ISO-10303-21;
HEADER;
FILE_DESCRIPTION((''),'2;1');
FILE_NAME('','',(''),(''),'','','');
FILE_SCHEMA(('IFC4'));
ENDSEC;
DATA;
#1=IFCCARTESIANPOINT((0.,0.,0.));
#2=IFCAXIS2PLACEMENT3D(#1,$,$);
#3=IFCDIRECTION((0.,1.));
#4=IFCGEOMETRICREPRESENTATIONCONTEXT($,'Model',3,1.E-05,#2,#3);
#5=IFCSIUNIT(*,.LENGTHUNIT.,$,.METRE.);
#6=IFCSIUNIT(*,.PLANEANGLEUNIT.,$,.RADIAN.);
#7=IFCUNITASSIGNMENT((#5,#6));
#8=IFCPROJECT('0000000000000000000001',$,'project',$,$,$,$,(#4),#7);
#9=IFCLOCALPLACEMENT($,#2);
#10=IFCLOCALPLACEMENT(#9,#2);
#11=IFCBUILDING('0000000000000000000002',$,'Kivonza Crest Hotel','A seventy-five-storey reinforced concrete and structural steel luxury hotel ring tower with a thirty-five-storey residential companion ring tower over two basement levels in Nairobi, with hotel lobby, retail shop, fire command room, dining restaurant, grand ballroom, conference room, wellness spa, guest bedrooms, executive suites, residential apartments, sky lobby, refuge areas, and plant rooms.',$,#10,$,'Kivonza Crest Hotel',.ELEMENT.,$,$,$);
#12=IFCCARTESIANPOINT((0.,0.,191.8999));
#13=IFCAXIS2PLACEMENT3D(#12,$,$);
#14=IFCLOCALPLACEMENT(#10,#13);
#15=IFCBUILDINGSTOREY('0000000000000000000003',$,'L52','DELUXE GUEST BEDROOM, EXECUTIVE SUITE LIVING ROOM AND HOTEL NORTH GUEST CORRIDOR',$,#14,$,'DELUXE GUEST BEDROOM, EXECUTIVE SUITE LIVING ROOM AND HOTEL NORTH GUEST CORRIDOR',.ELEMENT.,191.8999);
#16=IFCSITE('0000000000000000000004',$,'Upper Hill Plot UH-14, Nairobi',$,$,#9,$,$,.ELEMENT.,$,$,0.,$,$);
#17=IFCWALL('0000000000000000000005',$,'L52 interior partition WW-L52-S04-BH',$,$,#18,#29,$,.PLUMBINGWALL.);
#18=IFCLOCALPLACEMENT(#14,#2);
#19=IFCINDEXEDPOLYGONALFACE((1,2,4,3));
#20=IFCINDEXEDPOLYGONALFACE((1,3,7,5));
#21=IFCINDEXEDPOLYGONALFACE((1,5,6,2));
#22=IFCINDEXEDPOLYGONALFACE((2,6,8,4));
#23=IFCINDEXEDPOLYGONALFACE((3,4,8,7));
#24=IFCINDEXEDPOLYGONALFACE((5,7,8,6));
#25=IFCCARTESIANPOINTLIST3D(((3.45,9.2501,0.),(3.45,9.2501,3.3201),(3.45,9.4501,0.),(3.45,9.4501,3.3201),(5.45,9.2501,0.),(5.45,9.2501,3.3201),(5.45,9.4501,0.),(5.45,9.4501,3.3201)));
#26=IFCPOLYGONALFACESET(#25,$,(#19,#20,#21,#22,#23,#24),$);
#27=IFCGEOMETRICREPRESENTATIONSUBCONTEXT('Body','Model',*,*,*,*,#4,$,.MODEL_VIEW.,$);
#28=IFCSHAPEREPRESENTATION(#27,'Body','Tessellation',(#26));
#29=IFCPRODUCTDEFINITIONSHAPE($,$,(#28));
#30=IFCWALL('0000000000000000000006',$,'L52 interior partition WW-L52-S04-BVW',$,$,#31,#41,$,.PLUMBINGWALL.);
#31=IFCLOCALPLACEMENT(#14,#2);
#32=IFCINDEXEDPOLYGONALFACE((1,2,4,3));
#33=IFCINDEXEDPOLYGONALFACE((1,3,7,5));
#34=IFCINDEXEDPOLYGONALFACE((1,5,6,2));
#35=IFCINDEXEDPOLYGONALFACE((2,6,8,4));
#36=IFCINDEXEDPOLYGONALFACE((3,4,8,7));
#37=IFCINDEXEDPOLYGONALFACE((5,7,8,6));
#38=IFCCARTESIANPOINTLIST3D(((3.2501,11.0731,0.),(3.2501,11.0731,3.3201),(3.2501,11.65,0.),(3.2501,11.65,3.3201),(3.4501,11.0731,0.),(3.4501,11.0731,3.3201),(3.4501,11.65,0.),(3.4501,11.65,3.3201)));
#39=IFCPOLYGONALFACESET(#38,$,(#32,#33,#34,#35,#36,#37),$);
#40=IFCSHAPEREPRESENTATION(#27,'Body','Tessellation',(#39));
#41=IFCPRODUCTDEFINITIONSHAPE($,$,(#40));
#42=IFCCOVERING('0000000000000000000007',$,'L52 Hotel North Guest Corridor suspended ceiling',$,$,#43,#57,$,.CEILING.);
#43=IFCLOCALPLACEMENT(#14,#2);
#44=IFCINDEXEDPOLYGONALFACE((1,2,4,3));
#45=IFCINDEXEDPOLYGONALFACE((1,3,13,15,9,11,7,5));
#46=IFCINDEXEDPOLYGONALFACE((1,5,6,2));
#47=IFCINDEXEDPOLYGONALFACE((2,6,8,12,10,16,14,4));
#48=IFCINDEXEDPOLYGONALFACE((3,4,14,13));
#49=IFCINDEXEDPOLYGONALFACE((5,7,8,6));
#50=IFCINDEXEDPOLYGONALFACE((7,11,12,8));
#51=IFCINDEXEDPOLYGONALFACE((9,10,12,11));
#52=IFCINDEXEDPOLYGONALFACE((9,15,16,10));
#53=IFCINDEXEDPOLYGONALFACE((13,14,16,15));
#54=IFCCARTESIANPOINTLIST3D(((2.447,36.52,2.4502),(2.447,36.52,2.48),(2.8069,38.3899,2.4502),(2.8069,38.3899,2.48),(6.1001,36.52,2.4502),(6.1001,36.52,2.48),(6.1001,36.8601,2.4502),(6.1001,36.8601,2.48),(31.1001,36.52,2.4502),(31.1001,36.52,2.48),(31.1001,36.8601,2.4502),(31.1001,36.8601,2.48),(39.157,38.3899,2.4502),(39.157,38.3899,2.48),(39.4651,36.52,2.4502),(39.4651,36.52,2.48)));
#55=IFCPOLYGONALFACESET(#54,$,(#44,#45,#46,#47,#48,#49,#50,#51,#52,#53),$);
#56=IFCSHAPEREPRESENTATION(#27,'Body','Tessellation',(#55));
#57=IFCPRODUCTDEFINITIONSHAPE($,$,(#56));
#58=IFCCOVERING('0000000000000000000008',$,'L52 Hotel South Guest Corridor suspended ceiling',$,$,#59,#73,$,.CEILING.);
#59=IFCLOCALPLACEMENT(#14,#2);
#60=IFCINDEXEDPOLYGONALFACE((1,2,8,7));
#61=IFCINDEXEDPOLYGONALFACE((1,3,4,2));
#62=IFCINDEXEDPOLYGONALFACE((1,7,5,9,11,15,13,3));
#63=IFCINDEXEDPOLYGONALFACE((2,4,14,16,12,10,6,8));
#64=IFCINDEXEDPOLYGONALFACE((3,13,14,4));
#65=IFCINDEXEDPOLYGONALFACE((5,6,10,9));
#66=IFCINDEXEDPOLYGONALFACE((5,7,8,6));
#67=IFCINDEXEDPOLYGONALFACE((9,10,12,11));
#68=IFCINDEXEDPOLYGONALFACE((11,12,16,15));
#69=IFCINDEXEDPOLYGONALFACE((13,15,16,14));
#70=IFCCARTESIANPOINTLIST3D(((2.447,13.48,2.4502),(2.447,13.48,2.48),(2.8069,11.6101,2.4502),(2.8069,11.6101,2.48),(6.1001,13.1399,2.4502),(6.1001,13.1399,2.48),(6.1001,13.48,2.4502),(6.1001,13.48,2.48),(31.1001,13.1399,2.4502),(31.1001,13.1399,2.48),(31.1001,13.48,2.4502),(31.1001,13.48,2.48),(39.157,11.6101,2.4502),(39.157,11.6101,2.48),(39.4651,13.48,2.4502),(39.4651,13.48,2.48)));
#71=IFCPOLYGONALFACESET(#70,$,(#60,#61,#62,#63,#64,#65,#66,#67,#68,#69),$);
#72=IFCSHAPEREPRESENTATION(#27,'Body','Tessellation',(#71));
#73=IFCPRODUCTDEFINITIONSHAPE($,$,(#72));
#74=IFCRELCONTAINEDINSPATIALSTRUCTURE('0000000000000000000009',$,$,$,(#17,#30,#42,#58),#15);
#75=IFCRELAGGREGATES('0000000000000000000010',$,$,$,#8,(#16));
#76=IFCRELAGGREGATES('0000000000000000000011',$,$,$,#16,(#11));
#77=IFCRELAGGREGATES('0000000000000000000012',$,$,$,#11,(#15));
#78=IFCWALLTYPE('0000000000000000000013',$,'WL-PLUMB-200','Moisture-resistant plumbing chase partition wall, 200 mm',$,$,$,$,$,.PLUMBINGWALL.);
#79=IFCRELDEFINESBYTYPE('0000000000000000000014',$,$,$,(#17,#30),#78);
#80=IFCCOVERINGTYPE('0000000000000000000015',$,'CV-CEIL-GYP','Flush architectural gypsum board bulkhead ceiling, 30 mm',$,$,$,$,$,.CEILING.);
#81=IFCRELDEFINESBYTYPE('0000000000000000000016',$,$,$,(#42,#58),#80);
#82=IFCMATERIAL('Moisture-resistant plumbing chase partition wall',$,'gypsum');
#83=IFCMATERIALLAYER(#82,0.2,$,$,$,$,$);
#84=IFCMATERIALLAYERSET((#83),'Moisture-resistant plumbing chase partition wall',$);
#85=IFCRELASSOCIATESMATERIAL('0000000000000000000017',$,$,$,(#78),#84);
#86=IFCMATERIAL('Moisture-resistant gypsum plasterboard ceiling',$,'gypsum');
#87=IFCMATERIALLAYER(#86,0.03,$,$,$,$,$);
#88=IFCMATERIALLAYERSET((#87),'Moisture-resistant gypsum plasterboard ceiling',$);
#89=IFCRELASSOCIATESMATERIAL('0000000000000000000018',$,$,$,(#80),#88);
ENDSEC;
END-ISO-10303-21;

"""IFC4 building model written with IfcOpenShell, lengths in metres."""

from ifc_helpers import new_model, si_unit, direction, frame, frame_2d, origin, place, context, subcontext, project, spatial, polyline, rectangle, outline, extrude, material, layer, layer_set, type_object, element, save


model = new_model("IFC4")

# Units and contexts
model_context = context("Model", 3, precision=1e-05, world=origin(), true_north=direction((0.0, 1.0)))
body_context = subcontext(model_context, "Body", "Model", "MODEL_VIEW")
ifc_project = project(units=[si_unit("LENGTHUNIT", "METRE"), si_unit("PLANEANGLEUNIT", "RADIAN")], contexts=[model_context])

# Site, building, storey
site_placement = place(None, origin())
site = spatial("IfcSite", under=ifc_project, at=site_placement, Name="Upper Hill Plot UH-14, Nairobi", CompositionType="ELEMENT", RefElevation=0.0)
building_placement = place(site_placement, origin())
building = spatial("IfcBuilding", under=site, at=building_placement, Name="Kivonza Crest Hotel", Description="A seventy-five-storey reinforced concrete and structural steel luxury hotel ring tower with a thirty-five-storey residential companion ring tower over two basement levels in Nairobi, with hotel lobby, retail shop, fire command room, dining restaurant, grand ballroom, conference room, wellness spa, guest bedrooms, executive suites, residential apartments, sky lobby, refuge areas, and plant rooms.", LongName="Kivonza Crest Hotel", CompositionType="ELEMENT")
storey_placement = place(building_placement, frame((0.0, 0.0, 191.8999)))
storey = spatial("IfcBuildingStorey", under=building, at=storey_placement, Name="L52", Description="DELUXE GUEST BEDROOM, EXECUTIVE SUITE LIVING ROOM AND HOTEL NORTH GUEST CORRIDOR", LongName="DELUXE GUEST BEDROOM, EXECUTIVE SUITE LIVING ROOM AND HOTEL NORTH GUEST CORRIDOR", CompositionType="ELEMENT", Elevation=191.8999)

# Shared definitions
ifc_material_1 = material(Name="Moisture-resistant plumbing chase partition wall", Category="gypsum")
ifc_layer_1 = layer(ifc_material_1, 0.2)
ifc_layer_set_1 = layer_set([ifc_layer_1], Name="Moisture-resistant plumbing chase partition wall")
wall_type_1 = type_object("IfcWallType", Name="WL-PLUMB-200", Description="Moisture-resistant plumbing chase partition wall, 200 mm", PredefinedType="PLUMBINGWALL", material=ifc_layer_set_1)

# Walls
wall_1_placement = place(storey_placement, frame((3.45, 9.3501, 0.0), z_axis=(0.0, 0.0, 1.0), x_axis=(1.0, 0.0, 0.0)))
element("IfcWall", 1, at=wall_1_placement, inside=storey, type_object=wall_type_1, Name="L52 interior partition WW-L52-S04-BH", PredefinedType="PLUMBINGWALL", context=body_context, shape_type="SweptSolid", body=[
    extrude(rectangle(XDim=2.0, YDim=0.2, at=frame_2d((1.0, 0.0))), origin(), (0.0, 0.0, 1.0), 3.3201),
])
wall_2_placement = place(storey_placement, frame((3.3501, 11.073, 0.0), z_axis=(0.0, 0.0, 1.0), x_axis=(0.0, 1.0, 0.0)))
element("IfcWall", 2, at=wall_2_placement, inside=storey, type_object=wall_type_1, Name="L52 interior partition WW-L52-S04-BVW", PredefinedType="PLUMBINGWALL", context=body_context, shape_type="SweptSolid", body=[
    extrude(rectangle(XDim=0.5769, YDim=0.2, at=frame_2d((0.2886, 0.0))), origin(), (0.0, 0.0, 1.0), 3.3201),
])

# Coverings
ifc_material_2 = material(Name="Moisture-resistant gypsum plasterboard ceiling", Category="gypsum")
ifc_layer_2 = layer(ifc_material_2, 0.03)
ifc_layer_set_2 = layer_set([ifc_layer_2], Name="Moisture-resistant gypsum plasterboard ceiling")
covering_type = type_object("IfcCoveringType", Name="CV-CEIL-GYP", Description="Flush architectural gypsum board bulkhead ceiling, 30 mm", PredefinedType="CEILING", material=ifc_layer_set_2)
covering_1_placement = place(storey_placement, frame((0.0, 0.0, 2.4502)))
element("IfcCovering", 3, at=covering_1_placement, inside=storey, type_object=covering_type, Name="L52 Hotel North Guest Corridor suspended ceiling", PredefinedType="CEILING", context=body_context, shape_type="SweptSolid", body=[
    extrude(outline(polyline([(2.8069, 38.3899), (2.447, 36.52), (6.1001, 36.52), (6.1001, 36.8601), (31.1001, 36.8601), (31.1001, 36.52), (39.4651, 36.52), (39.157, 38.3899), (2.8069, 38.3899)])), origin(), (0.0, 0.0, 1.0), 0.0298),
])
covering_2_placement = place(storey_placement, frame((0.0, 0.0, 2.4502)))
element("IfcCovering", 4, at=covering_2_placement, inside=storey, type_object=covering_type, Name="L52 Hotel South Guest Corridor suspended ceiling", PredefinedType="CEILING", context=body_context, shape_type="SweptSolid", body=[
    extrude(outline(polyline([(2.447, 13.48), (2.8069, 11.6101), (39.157, 11.6101), (39.4651, 13.48), (31.1001, 13.48), (31.1001, 13.1399), (6.1001, 13.1399), (6.1001, 13.48), (2.447, 13.48)])), origin(), (0.0, 0.0, 1.0), 0.0298),
])

save(model, "model.ifc")
